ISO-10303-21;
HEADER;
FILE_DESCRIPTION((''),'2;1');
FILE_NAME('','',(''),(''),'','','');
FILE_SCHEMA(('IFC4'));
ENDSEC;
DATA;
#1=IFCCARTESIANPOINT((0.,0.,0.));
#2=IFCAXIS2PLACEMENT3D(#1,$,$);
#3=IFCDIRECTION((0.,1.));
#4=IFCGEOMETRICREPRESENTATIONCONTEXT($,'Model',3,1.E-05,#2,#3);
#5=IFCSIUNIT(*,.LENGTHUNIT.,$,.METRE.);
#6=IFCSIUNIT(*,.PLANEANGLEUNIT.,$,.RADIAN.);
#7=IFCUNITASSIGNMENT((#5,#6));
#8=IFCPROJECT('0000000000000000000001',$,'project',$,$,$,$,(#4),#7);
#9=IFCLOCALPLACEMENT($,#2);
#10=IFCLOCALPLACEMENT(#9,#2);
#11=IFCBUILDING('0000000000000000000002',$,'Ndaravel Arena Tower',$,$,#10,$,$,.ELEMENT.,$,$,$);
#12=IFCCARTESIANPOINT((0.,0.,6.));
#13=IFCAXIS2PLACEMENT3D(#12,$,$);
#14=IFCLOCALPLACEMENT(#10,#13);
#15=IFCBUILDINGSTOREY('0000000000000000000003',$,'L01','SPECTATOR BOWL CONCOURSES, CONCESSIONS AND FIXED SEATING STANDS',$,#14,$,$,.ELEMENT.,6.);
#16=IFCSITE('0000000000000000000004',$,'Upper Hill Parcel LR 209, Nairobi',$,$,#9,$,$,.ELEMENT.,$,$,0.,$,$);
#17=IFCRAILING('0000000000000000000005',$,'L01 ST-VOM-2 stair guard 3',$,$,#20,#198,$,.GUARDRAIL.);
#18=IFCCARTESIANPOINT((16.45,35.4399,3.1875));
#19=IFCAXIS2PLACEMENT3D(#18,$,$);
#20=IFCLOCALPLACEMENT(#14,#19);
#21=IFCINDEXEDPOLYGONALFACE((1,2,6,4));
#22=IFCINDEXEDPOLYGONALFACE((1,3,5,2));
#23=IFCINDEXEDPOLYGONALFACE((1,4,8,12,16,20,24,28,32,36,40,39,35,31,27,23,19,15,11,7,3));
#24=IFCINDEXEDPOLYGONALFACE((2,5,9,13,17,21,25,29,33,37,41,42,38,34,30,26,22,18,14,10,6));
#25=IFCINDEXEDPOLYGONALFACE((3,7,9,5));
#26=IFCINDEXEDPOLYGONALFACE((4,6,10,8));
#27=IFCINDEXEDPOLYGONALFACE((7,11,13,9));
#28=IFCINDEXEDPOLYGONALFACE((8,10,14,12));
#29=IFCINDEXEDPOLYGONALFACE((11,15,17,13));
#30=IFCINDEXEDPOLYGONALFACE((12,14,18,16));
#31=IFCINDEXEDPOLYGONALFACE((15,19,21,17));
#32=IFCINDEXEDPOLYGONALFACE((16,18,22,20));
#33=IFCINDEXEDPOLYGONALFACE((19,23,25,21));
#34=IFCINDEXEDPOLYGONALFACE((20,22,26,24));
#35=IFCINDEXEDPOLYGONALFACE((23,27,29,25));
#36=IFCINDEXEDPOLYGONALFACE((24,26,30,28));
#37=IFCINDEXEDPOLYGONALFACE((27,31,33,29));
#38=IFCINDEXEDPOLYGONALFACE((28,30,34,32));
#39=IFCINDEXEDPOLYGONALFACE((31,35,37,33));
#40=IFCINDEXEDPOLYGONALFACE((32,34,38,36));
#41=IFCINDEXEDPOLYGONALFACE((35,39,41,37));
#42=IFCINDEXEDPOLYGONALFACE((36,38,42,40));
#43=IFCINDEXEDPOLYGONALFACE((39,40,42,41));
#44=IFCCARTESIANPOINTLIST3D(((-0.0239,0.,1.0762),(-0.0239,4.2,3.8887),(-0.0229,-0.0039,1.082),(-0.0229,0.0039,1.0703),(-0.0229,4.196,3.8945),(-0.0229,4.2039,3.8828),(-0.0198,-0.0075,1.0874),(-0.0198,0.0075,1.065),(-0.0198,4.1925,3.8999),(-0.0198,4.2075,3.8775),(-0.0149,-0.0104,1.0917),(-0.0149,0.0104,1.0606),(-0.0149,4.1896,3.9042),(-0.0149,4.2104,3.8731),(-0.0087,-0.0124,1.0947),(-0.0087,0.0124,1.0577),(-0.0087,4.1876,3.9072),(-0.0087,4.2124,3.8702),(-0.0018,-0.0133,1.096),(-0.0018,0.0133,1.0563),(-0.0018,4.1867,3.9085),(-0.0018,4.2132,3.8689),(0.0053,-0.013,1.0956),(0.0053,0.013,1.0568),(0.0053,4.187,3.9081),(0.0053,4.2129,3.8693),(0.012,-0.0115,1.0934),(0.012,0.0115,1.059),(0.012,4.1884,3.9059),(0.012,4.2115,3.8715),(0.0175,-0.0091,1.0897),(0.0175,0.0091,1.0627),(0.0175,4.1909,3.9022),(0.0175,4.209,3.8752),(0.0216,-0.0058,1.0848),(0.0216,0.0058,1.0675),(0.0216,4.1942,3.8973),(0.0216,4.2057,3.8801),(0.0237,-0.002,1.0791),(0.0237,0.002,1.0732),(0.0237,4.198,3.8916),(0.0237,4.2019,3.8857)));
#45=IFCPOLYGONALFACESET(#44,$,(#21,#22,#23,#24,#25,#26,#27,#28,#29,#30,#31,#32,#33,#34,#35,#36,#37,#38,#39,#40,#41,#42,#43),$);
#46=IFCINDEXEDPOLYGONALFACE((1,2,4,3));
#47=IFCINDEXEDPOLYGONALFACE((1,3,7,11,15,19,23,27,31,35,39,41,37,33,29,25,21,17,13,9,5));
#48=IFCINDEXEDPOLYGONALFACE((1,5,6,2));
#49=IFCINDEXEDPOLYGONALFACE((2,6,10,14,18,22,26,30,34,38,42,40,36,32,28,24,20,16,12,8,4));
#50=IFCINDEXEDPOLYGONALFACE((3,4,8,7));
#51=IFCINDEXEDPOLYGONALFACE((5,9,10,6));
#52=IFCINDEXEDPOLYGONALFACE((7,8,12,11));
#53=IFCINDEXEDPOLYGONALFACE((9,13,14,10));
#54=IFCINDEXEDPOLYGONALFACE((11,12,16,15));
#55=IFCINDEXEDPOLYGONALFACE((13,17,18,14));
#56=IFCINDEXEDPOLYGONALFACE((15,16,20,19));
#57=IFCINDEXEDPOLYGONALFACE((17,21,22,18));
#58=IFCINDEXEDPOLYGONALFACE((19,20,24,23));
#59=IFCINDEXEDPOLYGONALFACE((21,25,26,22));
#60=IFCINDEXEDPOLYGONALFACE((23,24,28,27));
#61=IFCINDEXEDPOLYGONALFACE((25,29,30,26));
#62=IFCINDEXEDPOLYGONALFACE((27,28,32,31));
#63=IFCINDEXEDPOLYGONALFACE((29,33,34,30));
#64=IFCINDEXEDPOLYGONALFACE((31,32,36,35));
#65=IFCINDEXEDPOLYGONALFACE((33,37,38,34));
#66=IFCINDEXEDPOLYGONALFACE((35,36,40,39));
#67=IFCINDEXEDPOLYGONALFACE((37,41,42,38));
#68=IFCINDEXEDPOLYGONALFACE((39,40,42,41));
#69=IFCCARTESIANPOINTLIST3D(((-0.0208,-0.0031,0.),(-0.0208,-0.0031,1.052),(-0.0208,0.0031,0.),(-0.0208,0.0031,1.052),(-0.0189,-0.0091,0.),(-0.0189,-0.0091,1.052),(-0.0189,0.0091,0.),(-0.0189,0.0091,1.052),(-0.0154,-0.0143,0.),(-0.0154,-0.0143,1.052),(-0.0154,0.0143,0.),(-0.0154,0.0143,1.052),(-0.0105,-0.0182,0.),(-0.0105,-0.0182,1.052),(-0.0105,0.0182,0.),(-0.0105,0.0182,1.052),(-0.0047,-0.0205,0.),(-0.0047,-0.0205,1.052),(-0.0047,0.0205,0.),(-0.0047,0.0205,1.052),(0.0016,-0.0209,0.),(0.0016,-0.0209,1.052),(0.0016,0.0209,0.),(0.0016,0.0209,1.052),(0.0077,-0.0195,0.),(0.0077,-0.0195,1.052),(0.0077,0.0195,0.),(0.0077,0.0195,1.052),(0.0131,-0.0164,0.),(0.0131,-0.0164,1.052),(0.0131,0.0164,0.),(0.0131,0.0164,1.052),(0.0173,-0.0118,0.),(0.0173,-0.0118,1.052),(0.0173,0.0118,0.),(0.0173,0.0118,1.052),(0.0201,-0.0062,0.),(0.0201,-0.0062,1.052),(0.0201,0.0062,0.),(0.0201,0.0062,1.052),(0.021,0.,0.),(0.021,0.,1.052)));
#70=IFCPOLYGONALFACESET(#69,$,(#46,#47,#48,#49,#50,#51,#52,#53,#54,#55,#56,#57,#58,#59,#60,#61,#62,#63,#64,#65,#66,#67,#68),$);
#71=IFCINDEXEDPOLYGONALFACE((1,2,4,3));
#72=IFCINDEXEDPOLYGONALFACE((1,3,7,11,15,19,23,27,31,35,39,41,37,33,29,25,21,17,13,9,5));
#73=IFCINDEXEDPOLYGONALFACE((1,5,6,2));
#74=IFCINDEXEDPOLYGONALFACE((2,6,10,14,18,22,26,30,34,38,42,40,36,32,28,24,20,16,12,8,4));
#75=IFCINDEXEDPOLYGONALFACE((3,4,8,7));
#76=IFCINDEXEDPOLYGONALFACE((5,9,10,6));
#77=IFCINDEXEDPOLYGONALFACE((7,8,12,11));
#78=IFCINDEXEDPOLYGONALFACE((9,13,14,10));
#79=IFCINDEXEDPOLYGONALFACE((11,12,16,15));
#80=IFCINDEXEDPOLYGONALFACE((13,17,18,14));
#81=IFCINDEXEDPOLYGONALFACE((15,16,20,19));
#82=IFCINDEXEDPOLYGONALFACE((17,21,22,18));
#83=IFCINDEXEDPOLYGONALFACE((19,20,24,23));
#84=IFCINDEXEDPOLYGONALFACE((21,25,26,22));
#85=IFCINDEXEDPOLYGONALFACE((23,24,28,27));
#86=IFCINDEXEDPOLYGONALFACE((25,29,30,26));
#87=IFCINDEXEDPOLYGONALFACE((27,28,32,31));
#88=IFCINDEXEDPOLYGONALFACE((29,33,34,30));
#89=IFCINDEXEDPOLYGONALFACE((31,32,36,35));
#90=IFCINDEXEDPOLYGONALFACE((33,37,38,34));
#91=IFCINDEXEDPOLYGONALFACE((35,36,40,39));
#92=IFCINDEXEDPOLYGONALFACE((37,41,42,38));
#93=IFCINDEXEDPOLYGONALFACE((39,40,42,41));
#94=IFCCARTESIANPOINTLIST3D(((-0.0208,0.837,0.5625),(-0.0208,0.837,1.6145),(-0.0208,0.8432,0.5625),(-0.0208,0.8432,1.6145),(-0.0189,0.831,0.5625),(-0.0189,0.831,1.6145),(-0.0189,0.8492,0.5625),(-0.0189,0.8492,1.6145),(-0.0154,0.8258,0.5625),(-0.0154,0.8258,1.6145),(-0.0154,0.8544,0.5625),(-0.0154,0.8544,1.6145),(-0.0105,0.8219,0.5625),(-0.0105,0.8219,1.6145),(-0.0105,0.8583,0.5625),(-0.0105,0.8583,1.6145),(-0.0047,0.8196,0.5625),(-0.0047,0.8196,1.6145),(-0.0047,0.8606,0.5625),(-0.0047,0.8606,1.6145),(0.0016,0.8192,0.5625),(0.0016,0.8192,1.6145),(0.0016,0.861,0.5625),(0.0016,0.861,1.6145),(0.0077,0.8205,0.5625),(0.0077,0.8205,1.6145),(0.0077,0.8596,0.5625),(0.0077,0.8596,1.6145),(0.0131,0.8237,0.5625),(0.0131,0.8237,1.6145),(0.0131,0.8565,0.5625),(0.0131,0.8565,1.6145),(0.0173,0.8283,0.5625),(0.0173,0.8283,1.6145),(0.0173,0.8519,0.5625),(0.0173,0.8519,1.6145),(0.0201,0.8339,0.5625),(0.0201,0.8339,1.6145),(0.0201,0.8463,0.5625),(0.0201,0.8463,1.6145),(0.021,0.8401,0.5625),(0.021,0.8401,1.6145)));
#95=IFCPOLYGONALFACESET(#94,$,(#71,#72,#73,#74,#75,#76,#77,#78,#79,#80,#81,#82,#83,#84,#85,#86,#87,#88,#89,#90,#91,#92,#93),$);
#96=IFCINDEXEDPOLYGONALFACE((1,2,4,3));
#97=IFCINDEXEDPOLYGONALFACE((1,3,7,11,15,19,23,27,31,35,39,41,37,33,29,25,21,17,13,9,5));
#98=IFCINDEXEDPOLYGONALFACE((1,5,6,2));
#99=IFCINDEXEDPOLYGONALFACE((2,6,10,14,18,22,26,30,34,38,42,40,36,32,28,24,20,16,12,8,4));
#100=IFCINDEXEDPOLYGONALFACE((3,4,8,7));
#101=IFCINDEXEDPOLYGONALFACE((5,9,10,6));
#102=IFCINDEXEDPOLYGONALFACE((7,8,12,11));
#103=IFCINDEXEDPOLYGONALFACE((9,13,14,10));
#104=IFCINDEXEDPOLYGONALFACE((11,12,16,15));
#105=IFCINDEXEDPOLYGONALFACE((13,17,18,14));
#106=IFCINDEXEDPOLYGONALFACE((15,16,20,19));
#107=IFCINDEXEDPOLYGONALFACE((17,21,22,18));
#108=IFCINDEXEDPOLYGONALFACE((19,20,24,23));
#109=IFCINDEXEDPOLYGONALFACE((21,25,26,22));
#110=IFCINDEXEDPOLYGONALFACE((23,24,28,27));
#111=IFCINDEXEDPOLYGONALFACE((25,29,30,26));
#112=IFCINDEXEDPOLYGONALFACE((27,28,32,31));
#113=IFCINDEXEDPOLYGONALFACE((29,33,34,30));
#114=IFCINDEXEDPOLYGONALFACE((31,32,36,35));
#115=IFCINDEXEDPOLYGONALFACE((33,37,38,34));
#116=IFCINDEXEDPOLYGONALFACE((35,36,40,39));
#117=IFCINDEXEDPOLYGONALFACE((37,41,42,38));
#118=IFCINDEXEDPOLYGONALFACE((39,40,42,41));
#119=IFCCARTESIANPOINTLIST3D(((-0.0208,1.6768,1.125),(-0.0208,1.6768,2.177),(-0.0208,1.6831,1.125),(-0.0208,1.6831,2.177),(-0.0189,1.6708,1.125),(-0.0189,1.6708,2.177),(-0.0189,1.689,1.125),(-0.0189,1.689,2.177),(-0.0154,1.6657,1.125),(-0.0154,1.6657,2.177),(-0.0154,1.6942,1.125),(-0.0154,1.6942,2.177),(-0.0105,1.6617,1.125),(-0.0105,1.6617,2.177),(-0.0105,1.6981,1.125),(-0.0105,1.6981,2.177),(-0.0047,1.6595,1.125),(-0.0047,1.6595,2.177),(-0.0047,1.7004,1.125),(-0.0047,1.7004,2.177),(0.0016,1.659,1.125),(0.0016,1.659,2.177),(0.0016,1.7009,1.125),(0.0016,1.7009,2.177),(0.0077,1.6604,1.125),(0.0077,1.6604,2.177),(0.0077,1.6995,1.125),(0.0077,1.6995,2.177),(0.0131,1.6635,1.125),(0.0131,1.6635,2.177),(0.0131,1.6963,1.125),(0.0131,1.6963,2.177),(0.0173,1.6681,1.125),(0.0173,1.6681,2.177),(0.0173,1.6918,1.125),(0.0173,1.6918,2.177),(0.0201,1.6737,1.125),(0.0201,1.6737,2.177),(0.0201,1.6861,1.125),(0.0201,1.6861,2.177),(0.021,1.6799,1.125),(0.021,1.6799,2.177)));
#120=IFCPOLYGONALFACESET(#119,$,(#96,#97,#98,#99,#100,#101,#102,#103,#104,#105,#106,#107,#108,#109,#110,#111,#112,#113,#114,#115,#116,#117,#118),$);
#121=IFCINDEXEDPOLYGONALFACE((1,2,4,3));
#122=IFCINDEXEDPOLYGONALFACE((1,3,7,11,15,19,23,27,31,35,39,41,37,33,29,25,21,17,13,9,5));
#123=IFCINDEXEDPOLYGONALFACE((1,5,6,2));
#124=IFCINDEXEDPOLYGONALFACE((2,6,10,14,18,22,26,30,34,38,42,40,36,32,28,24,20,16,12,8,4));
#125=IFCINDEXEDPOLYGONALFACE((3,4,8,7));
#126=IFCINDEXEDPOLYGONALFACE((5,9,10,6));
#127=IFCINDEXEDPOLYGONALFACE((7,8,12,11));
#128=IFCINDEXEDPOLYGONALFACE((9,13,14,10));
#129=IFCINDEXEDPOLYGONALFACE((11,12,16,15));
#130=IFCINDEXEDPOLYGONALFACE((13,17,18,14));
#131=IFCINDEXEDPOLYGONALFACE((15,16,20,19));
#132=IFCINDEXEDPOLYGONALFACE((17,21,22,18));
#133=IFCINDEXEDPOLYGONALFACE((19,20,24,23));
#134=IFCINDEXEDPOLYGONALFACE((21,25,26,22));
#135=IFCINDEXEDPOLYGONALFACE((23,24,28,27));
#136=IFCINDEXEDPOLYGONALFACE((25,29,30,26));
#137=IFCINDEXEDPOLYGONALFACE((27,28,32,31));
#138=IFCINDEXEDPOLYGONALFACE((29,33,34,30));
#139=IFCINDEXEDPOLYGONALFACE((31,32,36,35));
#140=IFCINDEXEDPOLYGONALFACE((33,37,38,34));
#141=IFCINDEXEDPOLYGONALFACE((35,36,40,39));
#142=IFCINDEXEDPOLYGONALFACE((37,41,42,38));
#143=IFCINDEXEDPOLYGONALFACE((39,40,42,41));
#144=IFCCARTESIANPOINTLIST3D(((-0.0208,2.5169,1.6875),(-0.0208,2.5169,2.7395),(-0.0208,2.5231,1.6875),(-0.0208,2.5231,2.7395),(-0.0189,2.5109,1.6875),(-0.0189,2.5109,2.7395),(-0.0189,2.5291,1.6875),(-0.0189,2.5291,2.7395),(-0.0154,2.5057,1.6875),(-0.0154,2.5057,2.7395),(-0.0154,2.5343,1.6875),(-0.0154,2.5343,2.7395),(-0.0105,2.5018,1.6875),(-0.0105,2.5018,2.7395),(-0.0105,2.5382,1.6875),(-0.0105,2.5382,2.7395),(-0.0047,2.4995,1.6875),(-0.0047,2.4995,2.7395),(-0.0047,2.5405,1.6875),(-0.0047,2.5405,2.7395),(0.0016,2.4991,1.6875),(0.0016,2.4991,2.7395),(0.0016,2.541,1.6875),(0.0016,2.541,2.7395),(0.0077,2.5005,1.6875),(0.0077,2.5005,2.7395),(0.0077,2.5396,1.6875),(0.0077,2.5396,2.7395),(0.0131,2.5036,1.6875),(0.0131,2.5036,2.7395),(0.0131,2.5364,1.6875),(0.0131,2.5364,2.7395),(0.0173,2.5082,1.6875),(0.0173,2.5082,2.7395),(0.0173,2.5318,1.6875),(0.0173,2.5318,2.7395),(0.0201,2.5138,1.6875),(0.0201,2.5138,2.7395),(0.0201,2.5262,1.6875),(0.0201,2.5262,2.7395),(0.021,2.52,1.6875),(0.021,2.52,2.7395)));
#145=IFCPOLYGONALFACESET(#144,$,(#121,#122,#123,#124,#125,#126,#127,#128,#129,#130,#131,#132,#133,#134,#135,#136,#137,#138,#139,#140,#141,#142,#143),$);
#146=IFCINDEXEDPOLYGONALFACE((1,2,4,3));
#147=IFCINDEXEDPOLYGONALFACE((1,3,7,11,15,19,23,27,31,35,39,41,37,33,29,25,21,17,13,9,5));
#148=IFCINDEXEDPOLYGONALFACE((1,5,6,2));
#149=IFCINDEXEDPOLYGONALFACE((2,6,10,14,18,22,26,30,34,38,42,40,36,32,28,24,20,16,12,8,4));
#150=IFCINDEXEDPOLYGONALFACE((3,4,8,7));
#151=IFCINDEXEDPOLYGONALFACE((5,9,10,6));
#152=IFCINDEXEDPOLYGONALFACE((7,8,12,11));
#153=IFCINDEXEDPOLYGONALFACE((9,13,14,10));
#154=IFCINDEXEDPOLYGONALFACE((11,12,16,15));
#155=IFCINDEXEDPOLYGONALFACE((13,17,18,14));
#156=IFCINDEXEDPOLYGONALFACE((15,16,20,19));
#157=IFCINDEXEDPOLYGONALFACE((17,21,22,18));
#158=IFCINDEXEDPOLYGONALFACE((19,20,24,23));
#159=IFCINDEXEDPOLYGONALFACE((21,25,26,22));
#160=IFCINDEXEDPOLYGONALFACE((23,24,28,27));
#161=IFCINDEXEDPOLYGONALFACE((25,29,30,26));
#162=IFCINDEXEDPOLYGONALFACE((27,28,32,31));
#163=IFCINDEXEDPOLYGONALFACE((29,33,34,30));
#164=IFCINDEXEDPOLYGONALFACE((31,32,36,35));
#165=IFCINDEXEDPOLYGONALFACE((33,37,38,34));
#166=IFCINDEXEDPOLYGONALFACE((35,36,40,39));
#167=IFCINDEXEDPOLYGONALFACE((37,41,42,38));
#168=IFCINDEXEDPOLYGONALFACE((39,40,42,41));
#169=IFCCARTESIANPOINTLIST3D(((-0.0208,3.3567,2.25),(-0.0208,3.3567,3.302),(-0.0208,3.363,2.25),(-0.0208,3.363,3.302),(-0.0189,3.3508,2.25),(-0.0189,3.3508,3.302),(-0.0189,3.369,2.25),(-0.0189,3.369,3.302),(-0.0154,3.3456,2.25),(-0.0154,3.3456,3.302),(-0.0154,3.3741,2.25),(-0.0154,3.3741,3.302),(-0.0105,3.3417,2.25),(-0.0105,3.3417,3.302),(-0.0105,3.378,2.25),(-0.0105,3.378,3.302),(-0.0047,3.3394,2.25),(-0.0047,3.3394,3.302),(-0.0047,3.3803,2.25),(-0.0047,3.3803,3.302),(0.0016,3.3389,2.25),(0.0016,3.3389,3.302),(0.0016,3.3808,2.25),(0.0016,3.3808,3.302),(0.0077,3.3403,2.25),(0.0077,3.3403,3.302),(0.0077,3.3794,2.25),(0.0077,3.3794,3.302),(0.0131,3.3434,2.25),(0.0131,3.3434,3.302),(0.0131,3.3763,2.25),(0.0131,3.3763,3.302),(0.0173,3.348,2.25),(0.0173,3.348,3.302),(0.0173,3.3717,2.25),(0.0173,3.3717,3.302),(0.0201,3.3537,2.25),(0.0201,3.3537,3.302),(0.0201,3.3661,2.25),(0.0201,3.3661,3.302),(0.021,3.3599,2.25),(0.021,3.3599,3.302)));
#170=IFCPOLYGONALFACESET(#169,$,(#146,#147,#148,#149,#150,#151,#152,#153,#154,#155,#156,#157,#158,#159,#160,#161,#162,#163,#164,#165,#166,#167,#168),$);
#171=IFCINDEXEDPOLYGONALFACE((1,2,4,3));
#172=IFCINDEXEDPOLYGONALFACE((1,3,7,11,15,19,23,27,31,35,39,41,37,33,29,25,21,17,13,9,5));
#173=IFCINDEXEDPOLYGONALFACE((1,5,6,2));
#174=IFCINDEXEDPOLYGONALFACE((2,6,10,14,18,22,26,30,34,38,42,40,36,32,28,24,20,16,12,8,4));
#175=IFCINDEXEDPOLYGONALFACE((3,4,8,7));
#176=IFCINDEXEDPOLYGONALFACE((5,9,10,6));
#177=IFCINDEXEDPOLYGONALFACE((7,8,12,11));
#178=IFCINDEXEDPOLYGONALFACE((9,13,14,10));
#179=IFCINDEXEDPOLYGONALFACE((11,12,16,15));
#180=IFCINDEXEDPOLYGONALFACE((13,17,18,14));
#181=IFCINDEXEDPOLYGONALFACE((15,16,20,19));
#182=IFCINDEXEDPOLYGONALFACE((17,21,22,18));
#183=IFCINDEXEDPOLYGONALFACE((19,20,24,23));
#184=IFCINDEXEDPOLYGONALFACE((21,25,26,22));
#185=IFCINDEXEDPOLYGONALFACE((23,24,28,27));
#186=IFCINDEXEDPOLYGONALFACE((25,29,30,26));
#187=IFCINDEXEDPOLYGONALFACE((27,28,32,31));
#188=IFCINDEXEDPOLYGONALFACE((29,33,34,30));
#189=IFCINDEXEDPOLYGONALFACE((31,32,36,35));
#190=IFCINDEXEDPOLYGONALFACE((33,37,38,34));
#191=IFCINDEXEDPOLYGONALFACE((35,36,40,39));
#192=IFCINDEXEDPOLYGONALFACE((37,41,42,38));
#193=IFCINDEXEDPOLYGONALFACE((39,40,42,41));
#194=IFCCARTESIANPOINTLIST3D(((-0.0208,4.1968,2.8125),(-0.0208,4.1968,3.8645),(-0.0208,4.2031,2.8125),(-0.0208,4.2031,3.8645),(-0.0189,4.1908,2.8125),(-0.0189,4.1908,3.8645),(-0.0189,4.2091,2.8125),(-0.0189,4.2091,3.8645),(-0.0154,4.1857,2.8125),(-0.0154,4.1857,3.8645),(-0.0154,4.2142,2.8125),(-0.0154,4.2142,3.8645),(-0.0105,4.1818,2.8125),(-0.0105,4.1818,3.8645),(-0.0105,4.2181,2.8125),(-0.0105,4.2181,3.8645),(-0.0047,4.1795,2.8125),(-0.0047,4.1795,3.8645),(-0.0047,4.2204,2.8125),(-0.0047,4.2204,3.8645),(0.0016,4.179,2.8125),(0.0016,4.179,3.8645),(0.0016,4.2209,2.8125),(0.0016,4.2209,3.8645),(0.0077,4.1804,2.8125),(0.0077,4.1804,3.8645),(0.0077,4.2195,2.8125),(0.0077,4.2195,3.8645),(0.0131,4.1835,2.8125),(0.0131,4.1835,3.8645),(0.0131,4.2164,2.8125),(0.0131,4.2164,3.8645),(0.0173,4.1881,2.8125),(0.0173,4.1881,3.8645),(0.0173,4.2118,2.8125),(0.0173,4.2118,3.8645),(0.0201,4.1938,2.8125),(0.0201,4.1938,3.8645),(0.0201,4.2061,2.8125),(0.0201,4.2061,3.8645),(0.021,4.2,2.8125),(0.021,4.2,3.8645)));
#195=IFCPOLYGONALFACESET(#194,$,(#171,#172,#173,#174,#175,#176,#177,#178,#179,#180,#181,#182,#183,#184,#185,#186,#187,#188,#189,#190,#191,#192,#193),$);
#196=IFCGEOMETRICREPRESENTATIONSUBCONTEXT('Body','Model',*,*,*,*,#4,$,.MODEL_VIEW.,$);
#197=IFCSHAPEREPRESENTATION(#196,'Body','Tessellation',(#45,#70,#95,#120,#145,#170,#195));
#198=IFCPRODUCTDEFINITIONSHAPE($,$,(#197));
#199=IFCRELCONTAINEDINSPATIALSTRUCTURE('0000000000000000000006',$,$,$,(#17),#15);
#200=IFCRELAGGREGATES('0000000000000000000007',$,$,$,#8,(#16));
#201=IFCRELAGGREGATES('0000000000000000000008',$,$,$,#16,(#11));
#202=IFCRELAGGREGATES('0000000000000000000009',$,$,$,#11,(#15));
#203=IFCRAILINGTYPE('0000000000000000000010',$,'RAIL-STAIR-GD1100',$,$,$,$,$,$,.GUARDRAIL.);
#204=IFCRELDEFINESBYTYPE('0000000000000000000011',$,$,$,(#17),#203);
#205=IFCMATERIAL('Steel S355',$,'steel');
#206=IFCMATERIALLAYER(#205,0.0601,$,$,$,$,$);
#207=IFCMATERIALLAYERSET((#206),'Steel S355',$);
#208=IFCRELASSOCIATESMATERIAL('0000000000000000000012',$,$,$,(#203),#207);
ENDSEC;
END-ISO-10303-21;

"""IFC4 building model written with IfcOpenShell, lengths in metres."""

from ifc_helpers import new_model, si_unit, direction, frame, origin, origin_2d, place, context, subcontext, project, spatial, circle, extrude, material, layer, layer_set, type_object, element, save


model = new_model("IFC4")

# Units and contexts
model_context = context("Model", 3, precision=1e-05, world=origin(), true_north=direction((0.0, 1.0)))
body_context = subcontext(model_context, "Body", "Model", "MODEL_VIEW")
ifc_project = project(units=[si_unit("LENGTHUNIT", "METRE"), si_unit("PLANEANGLEUNIT", "RADIAN")], contexts=[model_context])

# Site, building, storey
site_placement = place(None, origin())
site = spatial("IfcSite", under=ifc_project, at=site_placement, Name="Upper Hill Parcel LR 209, Nairobi", CompositionType="ELEMENT", RefElevation=0.0)
building_placement = place(site_placement, origin())
building = spatial("IfcBuilding", under=site, at=building_placement, Name="Ndaravel Arena Tower", CompositionType="ELEMENT")
storey_placement = place(building_placement, frame((0.0, 0.0, 6.0)))
storey = spatial("IfcBuildingStorey", under=building, at=storey_placement, Name="L01", Description="SPECTATOR BOWL CONCOURSES, CONCESSIONS AND FIXED SEATING STANDS", CompositionType="ELEMENT", Elevation=6.0)

# Railing
ifc_material_1 = material(Name="Steel S355", Category="steel")
ifc_layer_1 = layer(ifc_material_1, 0.0601)
ifc_layer_set_1 = layer_set([ifc_layer_1], Name="Steel S355")
railing_type_1 = type_object("IfcRailingType", Name="RAIL-STAIR-GD1100", PredefinedType="GUARDRAIL", material=ifc_layer_set_1)
railing_1_placement = place(storey_placement, frame((16.45, 35.4399, 3.1875)))
element("IfcRailing", 1, at=railing_1_placement, inside=storey, type_object=railing_type_1, Name="L01 ST-VOM-2 stair guard 3", PredefinedType="GUARDRAIL", context=body_context, shape_type="SweptSolid", body=[
    extrude(circle(Radius=0.0239, at=origin_2d()), frame((0.0, 0.0, 1.0762), z_axis=(0.0, 0.830904, 0.556416), x_axis=(-1.0, 0.0, 0.0)), (0.0, 0.0, 1.0), 5.0547),
    extrude(circle(Radius=0.021, at=origin_2d()), origin(), (0.0, 0.0, 1.0), 1.052),
    extrude(circle(Radius=0.021, at=origin_2d()), frame((0.0, 0.8401, 0.5625)), (0.0, 0.0, 1.0), 1.052),
    extrude(circle(Radius=0.021, at=origin_2d()), frame((0.0, 1.6799, 1.125)), (0.0, 0.0, 1.0), 1.052),
    extrude(circle(Radius=0.021, at=origin_2d()), frame((0.0, 2.52, 1.6875)), (0.0, 0.0, 1.0), 1.052),
    extrude(circle(Radius=0.021, at=origin_2d()), frame((0.0, 3.3599, 2.25)), (0.0, 0.0, 1.0), 1.052),
    extrude(circle(Radius=0.021, at=origin_2d()), frame((0.0, 4.2, 2.8125)), (0.0, 0.0, 1.0), 1.052),
])

save(model, "model.ifc")
